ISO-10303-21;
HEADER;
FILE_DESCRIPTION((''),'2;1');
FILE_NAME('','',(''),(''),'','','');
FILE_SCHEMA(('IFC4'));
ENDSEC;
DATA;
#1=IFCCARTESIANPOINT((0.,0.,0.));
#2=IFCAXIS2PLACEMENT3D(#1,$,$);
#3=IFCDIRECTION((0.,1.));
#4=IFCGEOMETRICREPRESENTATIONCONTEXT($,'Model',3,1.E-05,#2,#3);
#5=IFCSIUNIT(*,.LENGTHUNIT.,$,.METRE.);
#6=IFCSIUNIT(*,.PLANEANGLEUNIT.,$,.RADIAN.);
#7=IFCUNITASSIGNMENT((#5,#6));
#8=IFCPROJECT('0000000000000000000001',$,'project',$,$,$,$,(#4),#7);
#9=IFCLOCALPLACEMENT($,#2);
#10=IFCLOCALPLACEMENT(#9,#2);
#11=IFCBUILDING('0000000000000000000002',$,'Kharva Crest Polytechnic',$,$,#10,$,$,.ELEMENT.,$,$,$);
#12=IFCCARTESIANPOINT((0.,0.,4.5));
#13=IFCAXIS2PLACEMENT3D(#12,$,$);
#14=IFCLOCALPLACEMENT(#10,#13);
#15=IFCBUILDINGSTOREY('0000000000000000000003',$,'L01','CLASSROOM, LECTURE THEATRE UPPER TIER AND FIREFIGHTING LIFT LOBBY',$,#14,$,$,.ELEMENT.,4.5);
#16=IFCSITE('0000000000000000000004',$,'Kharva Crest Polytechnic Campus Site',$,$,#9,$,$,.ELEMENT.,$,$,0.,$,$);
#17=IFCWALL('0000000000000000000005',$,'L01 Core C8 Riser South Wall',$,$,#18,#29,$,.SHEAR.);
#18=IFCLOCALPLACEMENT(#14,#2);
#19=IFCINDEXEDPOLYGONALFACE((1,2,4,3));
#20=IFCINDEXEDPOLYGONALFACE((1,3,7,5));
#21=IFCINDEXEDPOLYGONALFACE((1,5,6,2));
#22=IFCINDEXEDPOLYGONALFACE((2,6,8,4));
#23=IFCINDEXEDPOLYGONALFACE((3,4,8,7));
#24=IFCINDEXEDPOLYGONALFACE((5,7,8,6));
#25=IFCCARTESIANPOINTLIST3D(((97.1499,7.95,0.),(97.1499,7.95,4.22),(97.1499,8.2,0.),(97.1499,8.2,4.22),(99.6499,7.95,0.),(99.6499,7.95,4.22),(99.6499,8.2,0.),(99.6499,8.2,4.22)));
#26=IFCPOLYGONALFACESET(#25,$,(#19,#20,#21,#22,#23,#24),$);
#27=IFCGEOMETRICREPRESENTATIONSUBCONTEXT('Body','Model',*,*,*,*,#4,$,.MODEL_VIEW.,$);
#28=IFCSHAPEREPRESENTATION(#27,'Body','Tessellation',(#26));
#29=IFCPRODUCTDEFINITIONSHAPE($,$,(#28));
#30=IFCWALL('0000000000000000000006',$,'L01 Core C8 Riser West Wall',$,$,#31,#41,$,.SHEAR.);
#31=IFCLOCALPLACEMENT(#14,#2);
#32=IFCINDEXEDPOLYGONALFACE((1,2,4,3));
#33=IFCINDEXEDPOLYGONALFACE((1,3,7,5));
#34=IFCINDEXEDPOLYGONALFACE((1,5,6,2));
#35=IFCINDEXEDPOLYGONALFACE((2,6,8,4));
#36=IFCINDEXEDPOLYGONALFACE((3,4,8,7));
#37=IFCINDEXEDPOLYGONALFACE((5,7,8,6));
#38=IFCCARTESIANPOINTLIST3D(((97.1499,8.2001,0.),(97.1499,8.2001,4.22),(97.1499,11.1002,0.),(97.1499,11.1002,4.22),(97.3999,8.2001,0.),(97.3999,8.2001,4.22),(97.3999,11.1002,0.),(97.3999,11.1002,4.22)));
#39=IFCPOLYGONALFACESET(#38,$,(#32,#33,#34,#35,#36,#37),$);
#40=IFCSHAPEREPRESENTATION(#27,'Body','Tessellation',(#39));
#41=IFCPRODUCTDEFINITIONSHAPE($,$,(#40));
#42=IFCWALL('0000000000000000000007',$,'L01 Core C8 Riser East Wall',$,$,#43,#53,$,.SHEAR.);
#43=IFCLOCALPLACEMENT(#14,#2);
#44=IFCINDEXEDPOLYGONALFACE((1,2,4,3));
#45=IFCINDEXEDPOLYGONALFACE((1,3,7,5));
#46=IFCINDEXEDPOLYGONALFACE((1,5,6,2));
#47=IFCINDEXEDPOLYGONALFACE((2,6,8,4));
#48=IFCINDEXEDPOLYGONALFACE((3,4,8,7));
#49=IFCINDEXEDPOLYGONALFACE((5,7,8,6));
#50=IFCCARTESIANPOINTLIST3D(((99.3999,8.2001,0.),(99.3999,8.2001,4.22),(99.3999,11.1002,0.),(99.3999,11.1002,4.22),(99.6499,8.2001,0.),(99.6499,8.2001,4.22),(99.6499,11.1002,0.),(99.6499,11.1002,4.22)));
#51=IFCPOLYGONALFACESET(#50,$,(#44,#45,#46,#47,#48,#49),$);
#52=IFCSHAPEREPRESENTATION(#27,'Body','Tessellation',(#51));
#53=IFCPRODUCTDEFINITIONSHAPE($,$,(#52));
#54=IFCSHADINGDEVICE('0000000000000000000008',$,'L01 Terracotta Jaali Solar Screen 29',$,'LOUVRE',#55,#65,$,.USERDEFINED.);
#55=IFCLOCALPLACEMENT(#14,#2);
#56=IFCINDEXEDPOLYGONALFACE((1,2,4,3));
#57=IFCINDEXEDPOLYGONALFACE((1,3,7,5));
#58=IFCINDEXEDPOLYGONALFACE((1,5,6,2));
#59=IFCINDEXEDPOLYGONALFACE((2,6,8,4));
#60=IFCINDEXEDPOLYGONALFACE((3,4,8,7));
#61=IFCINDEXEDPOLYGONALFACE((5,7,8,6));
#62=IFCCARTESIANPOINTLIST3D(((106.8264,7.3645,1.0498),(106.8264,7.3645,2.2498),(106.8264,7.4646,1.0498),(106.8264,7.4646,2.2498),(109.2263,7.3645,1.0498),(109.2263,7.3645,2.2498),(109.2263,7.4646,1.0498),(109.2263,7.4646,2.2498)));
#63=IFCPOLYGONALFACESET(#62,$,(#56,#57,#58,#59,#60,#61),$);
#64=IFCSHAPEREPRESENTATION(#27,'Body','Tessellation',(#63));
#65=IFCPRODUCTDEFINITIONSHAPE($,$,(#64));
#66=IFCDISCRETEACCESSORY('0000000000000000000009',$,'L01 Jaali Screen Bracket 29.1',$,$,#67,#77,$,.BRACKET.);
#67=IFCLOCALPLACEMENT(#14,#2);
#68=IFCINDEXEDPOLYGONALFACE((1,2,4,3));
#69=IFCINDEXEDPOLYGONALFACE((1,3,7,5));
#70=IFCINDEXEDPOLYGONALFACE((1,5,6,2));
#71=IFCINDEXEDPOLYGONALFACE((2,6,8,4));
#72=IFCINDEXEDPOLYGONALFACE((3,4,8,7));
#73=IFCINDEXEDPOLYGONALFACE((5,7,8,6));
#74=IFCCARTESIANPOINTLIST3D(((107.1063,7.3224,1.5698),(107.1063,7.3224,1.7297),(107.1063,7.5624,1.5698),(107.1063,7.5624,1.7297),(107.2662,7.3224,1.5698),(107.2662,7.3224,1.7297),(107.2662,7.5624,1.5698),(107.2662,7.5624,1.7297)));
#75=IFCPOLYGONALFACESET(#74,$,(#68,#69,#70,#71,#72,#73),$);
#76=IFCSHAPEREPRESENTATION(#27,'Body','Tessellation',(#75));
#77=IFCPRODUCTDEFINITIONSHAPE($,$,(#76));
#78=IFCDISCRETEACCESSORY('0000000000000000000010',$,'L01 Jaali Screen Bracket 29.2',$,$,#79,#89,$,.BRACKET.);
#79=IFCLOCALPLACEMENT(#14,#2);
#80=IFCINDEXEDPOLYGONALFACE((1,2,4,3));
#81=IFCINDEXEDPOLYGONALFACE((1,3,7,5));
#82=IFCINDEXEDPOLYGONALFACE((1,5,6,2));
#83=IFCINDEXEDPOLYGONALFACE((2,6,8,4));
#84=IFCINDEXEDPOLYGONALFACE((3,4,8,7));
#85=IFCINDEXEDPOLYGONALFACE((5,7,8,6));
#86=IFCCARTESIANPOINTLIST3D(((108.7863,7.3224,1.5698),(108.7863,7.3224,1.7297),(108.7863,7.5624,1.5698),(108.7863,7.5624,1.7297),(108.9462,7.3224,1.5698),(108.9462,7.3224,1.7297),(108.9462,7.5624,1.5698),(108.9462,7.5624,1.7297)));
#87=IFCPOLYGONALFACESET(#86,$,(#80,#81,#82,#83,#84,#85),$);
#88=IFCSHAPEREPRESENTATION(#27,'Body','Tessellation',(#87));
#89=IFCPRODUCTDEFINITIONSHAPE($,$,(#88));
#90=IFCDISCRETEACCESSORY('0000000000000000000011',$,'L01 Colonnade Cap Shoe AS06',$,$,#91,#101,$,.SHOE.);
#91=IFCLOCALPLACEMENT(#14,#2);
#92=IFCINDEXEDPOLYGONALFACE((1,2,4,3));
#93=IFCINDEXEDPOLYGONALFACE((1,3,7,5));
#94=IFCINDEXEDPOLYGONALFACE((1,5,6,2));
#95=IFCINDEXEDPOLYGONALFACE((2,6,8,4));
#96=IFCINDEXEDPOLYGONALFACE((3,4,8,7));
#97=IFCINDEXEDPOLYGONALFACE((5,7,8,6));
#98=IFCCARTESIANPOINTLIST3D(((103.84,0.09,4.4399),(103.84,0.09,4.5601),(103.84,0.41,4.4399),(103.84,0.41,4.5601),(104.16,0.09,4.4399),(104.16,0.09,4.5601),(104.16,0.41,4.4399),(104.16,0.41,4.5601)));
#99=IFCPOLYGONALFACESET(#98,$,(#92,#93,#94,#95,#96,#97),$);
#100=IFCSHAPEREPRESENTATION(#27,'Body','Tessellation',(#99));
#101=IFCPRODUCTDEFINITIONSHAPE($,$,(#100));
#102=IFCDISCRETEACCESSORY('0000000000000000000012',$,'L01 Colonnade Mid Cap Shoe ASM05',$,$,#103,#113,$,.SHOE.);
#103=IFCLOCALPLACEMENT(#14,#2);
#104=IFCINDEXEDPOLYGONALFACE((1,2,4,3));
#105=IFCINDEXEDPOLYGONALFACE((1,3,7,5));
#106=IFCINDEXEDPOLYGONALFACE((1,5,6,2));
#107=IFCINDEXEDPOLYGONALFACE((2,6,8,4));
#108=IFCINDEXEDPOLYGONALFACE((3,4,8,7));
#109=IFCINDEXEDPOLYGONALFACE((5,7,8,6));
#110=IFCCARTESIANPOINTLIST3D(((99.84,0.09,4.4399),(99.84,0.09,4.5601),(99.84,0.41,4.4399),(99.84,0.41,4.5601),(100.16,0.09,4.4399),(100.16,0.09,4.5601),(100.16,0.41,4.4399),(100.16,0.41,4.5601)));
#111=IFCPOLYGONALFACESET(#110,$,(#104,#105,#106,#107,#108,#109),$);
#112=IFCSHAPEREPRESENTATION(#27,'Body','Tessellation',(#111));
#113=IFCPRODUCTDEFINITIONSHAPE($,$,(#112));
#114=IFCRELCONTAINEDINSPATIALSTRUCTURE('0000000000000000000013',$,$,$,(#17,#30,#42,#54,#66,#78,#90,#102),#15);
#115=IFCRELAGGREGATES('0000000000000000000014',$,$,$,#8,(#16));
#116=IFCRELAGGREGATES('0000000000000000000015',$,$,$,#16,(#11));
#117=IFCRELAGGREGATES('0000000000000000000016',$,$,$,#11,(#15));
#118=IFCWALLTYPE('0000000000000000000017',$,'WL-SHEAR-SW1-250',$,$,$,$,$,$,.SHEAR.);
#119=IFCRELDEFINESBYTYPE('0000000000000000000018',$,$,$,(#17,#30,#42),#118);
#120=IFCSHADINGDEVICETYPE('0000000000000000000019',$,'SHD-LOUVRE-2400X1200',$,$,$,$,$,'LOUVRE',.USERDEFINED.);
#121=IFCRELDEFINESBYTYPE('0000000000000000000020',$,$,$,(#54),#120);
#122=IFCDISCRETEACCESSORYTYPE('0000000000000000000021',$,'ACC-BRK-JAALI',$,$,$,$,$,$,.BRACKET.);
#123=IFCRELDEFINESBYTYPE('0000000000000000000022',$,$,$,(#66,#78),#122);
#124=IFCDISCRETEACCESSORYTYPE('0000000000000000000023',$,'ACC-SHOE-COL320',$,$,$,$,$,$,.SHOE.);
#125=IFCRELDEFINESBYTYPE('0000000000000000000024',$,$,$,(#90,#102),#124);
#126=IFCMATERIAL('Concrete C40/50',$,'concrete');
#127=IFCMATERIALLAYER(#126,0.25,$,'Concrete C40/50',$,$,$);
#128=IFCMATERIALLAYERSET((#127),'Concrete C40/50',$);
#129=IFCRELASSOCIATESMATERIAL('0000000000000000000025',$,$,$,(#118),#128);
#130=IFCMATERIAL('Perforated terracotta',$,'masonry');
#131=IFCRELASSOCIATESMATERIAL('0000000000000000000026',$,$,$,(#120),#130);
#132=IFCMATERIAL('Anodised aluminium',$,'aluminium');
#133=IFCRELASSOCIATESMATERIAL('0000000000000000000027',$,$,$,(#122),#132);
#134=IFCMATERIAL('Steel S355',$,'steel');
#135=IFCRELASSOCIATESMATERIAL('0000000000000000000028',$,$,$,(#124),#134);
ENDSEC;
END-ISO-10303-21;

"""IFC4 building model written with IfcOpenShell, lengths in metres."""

from ifc_helpers import new_model, si_unit, direction, frame, frame_2d, origin, origin_2d, place, context, subcontext, project, spatial, rectangle, extrude, material, layer, layer_set, type_object, element, save


model = new_model("IFC4")

# Units and contexts
model_context = context("Model", 3, precision=1e-05, world=origin(), true_north=direction((0.0, 1.0)))
body_context = subcontext(model_context, "Body", "Model", "MODEL_VIEW")
ifc_project = project(units=[si_unit("LENGTHUNIT", "METRE"), si_unit("PLANEANGLEUNIT", "RADIAN")], contexts=[model_context])

# Site, building, storey
site_placement = place(None, origin())
site = spatial("IfcSite", under=ifc_project, at=site_placement, Name="Kharva Crest Polytechnic Campus Site", CompositionType="ELEMENT", RefElevation=0.0)
building_placement = place(site_placement, origin())
building = spatial("IfcBuilding", under=site, at=building_placement, Name="Kharva Crest Polytechnic", CompositionType="ELEMENT")
storey_placement = place(building_placement, frame((0.0, 0.0, 4.5)))
storey = spatial("IfcBuildingStorey", under=building, at=storey_placement, Name="L01", Description="CLASSROOM, LECTURE THEATRE UPPER TIER AND FIREFIGHTING LIFT LOBBY", CompositionType="ELEMENT", Elevation=4.5)

# Shared definitions
ifc_material_1 = material(Name="Concrete C40/50", Category="concrete")
ifc_material_2 = material(Name="Steel S355", Category="steel")

# Shared definitions
ifc_material_3 = material(Name="Anodised aluminium", Category="aluminium")

# Walls
ifc_layer_1 = layer(ifc_material_1, 0.25, Name="Concrete C40/50")
ifc_layer_set_1 = layer_set([ifc_layer_1], Name="Concrete C40/50")
wall_type_1 = type_object("IfcWallType", Name="WL-SHEAR-SW1-250", PredefinedType="SHEAR", material=ifc_layer_set_1)
wall_1_placement = place(storey_placement, frame((97.1499, 8.075, 0.0), z_axis=(0.0, 0.0, 1.0), x_axis=(1.0, 0.0, 0.0)))
element("IfcWall", 1, at=wall_1_placement, inside=storey, type_object=wall_type_1, Name="L01 Core C8 Riser South Wall", PredefinedType="SHEAR", context=body_context, shape_type="SweptSolid", body=[
    extrude(rectangle(XDim=2.5, YDim=0.25, at=frame_2d((1.25, 0.0))), origin(), (0.0, 0.0, 1.0), 4.22),
])
for number, where, z_axis, x_axis, name in (
    (2, (97.2749, 8.2, 0.0), (0.0, 0.0, 1.0), (0.0, 1.0, 0.0), "L01 Core C8 Riser West Wall"),
    (3, (99.5249, 8.2, 0.0), (0.0, 0.0, 1.0), (0.0, 1.0, 0.0), "L01 Core C8 Riser East Wall"),
):
    element("IfcWall", number, at=place(storey_placement, frame(where, z_axis=z_axis, x_axis=x_axis)), inside=storey, type_object=wall_type_1, Name=name, PredefinedType="SHEAR", context=body_context, shape_type="SweptSolid", body=[
        extrude(rectangle(XDim=2.9001, YDim=0.25, at=frame_2d((1.4502, 0.0))), origin(), (0.0, 0.0, 1.0), 4.22),
    ])

# Shading device
ifc_material_4 = material(Name="Perforated terracotta", Category="masonry")
shading_device_type = type_object("IfcShadingDeviceType", Name="SHD-LOUVRE-2400X1200", ElementType="LOUVRE", PredefinedType="USERDEFINED", material=ifc_material_4)
shading_device_placement = place(storey_placement, frame((108.0264, 7.4146, 1.0498), z_axis=(0.0, 0.0, 1.0), x_axis=(1.0, 0.0, 0.0)))
element("IfcShadingDevice", 4, at=shading_device_placement, inside=storey, type_object=shading_device_type, Name="L01 Terracotta Jaali Solar Screen 29", ObjectType="LOUVRE", PredefinedType="USERDEFINED", context=body_context, shape_type="SweptSolid", body=[
    extrude(rectangle(XDim=2.3999, YDim=0.1001, at=origin_2d()), origin(), (0.0, 0.0, 1.0), 1.2),
])

# Discrete accessories
discrete_accessory_type_1 = type_object("IfcDiscreteAccessoryType", Name="ACC-BRK-JAALI", PredefinedType="BRACKET", material=ifc_material_3)
for number, where, z_axis, x_axis, name in (
    (5, (107.1863, 7.4424, 1.5698), (0.0, 0.0, 1.0), (1.0, 0.0, 0.0), "L01 Jaali Screen Bracket 29.1"),
    (6, (108.8662, 7.4424, 1.5698), (0.0, 0.0, 1.0), (1.0, 0.0, 0.0), "L01 Jaali Screen Bracket 29.2"),
):
    element("IfcDiscreteAccessory", number, at=place(storey_placement, frame(where, z_axis=z_axis, x_axis=x_axis)), inside=storey, type_object=discrete_accessory_type_1, Name=name, PredefinedType="BRACKET", context=body_context, shape_type="SweptSolid", body=[
        extrude(rectangle(XDim=0.1599, YDim=0.24, at=origin_2d()), origin(), (0.0, 0.0, 1.0), 0.1599),
    ])
discrete_accessory_type_2 = type_object("IfcDiscreteAccessoryType", Name="ACC-SHOE-COL320", PredefinedType="SHOE", material=ifc_material_2)
for number, where, z_axis, x_axis, name in (
    (7, (104.0, 0.25, 4.4399), (0.0, 0.0, 1.0), (1.0, 0.0, 0.0), "L01 Colonnade Cap Shoe AS06"),
    (8, (100.0, 0.25, 4.4399), (0.0, 0.0, 1.0), (1.0, 0.0, 0.0), "L01 Colonnade Mid Cap Shoe ASM05"),
):
    element("IfcDiscreteAccessory", number, at=place(storey_placement, frame(where, z_axis=z_axis, x_axis=x_axis)), inside=storey, type_object=discrete_accessory_type_2, Name=name, PredefinedType="SHOE", context=body_context, shape_type="SweptSolid", body=[
        extrude(rectangle(XDim=0.3201, YDim=0.3201, at=origin_2d()), origin(), (0.0, 0.0, 1.0), 0.1201),
    ])

save(model, "model.ifc")
